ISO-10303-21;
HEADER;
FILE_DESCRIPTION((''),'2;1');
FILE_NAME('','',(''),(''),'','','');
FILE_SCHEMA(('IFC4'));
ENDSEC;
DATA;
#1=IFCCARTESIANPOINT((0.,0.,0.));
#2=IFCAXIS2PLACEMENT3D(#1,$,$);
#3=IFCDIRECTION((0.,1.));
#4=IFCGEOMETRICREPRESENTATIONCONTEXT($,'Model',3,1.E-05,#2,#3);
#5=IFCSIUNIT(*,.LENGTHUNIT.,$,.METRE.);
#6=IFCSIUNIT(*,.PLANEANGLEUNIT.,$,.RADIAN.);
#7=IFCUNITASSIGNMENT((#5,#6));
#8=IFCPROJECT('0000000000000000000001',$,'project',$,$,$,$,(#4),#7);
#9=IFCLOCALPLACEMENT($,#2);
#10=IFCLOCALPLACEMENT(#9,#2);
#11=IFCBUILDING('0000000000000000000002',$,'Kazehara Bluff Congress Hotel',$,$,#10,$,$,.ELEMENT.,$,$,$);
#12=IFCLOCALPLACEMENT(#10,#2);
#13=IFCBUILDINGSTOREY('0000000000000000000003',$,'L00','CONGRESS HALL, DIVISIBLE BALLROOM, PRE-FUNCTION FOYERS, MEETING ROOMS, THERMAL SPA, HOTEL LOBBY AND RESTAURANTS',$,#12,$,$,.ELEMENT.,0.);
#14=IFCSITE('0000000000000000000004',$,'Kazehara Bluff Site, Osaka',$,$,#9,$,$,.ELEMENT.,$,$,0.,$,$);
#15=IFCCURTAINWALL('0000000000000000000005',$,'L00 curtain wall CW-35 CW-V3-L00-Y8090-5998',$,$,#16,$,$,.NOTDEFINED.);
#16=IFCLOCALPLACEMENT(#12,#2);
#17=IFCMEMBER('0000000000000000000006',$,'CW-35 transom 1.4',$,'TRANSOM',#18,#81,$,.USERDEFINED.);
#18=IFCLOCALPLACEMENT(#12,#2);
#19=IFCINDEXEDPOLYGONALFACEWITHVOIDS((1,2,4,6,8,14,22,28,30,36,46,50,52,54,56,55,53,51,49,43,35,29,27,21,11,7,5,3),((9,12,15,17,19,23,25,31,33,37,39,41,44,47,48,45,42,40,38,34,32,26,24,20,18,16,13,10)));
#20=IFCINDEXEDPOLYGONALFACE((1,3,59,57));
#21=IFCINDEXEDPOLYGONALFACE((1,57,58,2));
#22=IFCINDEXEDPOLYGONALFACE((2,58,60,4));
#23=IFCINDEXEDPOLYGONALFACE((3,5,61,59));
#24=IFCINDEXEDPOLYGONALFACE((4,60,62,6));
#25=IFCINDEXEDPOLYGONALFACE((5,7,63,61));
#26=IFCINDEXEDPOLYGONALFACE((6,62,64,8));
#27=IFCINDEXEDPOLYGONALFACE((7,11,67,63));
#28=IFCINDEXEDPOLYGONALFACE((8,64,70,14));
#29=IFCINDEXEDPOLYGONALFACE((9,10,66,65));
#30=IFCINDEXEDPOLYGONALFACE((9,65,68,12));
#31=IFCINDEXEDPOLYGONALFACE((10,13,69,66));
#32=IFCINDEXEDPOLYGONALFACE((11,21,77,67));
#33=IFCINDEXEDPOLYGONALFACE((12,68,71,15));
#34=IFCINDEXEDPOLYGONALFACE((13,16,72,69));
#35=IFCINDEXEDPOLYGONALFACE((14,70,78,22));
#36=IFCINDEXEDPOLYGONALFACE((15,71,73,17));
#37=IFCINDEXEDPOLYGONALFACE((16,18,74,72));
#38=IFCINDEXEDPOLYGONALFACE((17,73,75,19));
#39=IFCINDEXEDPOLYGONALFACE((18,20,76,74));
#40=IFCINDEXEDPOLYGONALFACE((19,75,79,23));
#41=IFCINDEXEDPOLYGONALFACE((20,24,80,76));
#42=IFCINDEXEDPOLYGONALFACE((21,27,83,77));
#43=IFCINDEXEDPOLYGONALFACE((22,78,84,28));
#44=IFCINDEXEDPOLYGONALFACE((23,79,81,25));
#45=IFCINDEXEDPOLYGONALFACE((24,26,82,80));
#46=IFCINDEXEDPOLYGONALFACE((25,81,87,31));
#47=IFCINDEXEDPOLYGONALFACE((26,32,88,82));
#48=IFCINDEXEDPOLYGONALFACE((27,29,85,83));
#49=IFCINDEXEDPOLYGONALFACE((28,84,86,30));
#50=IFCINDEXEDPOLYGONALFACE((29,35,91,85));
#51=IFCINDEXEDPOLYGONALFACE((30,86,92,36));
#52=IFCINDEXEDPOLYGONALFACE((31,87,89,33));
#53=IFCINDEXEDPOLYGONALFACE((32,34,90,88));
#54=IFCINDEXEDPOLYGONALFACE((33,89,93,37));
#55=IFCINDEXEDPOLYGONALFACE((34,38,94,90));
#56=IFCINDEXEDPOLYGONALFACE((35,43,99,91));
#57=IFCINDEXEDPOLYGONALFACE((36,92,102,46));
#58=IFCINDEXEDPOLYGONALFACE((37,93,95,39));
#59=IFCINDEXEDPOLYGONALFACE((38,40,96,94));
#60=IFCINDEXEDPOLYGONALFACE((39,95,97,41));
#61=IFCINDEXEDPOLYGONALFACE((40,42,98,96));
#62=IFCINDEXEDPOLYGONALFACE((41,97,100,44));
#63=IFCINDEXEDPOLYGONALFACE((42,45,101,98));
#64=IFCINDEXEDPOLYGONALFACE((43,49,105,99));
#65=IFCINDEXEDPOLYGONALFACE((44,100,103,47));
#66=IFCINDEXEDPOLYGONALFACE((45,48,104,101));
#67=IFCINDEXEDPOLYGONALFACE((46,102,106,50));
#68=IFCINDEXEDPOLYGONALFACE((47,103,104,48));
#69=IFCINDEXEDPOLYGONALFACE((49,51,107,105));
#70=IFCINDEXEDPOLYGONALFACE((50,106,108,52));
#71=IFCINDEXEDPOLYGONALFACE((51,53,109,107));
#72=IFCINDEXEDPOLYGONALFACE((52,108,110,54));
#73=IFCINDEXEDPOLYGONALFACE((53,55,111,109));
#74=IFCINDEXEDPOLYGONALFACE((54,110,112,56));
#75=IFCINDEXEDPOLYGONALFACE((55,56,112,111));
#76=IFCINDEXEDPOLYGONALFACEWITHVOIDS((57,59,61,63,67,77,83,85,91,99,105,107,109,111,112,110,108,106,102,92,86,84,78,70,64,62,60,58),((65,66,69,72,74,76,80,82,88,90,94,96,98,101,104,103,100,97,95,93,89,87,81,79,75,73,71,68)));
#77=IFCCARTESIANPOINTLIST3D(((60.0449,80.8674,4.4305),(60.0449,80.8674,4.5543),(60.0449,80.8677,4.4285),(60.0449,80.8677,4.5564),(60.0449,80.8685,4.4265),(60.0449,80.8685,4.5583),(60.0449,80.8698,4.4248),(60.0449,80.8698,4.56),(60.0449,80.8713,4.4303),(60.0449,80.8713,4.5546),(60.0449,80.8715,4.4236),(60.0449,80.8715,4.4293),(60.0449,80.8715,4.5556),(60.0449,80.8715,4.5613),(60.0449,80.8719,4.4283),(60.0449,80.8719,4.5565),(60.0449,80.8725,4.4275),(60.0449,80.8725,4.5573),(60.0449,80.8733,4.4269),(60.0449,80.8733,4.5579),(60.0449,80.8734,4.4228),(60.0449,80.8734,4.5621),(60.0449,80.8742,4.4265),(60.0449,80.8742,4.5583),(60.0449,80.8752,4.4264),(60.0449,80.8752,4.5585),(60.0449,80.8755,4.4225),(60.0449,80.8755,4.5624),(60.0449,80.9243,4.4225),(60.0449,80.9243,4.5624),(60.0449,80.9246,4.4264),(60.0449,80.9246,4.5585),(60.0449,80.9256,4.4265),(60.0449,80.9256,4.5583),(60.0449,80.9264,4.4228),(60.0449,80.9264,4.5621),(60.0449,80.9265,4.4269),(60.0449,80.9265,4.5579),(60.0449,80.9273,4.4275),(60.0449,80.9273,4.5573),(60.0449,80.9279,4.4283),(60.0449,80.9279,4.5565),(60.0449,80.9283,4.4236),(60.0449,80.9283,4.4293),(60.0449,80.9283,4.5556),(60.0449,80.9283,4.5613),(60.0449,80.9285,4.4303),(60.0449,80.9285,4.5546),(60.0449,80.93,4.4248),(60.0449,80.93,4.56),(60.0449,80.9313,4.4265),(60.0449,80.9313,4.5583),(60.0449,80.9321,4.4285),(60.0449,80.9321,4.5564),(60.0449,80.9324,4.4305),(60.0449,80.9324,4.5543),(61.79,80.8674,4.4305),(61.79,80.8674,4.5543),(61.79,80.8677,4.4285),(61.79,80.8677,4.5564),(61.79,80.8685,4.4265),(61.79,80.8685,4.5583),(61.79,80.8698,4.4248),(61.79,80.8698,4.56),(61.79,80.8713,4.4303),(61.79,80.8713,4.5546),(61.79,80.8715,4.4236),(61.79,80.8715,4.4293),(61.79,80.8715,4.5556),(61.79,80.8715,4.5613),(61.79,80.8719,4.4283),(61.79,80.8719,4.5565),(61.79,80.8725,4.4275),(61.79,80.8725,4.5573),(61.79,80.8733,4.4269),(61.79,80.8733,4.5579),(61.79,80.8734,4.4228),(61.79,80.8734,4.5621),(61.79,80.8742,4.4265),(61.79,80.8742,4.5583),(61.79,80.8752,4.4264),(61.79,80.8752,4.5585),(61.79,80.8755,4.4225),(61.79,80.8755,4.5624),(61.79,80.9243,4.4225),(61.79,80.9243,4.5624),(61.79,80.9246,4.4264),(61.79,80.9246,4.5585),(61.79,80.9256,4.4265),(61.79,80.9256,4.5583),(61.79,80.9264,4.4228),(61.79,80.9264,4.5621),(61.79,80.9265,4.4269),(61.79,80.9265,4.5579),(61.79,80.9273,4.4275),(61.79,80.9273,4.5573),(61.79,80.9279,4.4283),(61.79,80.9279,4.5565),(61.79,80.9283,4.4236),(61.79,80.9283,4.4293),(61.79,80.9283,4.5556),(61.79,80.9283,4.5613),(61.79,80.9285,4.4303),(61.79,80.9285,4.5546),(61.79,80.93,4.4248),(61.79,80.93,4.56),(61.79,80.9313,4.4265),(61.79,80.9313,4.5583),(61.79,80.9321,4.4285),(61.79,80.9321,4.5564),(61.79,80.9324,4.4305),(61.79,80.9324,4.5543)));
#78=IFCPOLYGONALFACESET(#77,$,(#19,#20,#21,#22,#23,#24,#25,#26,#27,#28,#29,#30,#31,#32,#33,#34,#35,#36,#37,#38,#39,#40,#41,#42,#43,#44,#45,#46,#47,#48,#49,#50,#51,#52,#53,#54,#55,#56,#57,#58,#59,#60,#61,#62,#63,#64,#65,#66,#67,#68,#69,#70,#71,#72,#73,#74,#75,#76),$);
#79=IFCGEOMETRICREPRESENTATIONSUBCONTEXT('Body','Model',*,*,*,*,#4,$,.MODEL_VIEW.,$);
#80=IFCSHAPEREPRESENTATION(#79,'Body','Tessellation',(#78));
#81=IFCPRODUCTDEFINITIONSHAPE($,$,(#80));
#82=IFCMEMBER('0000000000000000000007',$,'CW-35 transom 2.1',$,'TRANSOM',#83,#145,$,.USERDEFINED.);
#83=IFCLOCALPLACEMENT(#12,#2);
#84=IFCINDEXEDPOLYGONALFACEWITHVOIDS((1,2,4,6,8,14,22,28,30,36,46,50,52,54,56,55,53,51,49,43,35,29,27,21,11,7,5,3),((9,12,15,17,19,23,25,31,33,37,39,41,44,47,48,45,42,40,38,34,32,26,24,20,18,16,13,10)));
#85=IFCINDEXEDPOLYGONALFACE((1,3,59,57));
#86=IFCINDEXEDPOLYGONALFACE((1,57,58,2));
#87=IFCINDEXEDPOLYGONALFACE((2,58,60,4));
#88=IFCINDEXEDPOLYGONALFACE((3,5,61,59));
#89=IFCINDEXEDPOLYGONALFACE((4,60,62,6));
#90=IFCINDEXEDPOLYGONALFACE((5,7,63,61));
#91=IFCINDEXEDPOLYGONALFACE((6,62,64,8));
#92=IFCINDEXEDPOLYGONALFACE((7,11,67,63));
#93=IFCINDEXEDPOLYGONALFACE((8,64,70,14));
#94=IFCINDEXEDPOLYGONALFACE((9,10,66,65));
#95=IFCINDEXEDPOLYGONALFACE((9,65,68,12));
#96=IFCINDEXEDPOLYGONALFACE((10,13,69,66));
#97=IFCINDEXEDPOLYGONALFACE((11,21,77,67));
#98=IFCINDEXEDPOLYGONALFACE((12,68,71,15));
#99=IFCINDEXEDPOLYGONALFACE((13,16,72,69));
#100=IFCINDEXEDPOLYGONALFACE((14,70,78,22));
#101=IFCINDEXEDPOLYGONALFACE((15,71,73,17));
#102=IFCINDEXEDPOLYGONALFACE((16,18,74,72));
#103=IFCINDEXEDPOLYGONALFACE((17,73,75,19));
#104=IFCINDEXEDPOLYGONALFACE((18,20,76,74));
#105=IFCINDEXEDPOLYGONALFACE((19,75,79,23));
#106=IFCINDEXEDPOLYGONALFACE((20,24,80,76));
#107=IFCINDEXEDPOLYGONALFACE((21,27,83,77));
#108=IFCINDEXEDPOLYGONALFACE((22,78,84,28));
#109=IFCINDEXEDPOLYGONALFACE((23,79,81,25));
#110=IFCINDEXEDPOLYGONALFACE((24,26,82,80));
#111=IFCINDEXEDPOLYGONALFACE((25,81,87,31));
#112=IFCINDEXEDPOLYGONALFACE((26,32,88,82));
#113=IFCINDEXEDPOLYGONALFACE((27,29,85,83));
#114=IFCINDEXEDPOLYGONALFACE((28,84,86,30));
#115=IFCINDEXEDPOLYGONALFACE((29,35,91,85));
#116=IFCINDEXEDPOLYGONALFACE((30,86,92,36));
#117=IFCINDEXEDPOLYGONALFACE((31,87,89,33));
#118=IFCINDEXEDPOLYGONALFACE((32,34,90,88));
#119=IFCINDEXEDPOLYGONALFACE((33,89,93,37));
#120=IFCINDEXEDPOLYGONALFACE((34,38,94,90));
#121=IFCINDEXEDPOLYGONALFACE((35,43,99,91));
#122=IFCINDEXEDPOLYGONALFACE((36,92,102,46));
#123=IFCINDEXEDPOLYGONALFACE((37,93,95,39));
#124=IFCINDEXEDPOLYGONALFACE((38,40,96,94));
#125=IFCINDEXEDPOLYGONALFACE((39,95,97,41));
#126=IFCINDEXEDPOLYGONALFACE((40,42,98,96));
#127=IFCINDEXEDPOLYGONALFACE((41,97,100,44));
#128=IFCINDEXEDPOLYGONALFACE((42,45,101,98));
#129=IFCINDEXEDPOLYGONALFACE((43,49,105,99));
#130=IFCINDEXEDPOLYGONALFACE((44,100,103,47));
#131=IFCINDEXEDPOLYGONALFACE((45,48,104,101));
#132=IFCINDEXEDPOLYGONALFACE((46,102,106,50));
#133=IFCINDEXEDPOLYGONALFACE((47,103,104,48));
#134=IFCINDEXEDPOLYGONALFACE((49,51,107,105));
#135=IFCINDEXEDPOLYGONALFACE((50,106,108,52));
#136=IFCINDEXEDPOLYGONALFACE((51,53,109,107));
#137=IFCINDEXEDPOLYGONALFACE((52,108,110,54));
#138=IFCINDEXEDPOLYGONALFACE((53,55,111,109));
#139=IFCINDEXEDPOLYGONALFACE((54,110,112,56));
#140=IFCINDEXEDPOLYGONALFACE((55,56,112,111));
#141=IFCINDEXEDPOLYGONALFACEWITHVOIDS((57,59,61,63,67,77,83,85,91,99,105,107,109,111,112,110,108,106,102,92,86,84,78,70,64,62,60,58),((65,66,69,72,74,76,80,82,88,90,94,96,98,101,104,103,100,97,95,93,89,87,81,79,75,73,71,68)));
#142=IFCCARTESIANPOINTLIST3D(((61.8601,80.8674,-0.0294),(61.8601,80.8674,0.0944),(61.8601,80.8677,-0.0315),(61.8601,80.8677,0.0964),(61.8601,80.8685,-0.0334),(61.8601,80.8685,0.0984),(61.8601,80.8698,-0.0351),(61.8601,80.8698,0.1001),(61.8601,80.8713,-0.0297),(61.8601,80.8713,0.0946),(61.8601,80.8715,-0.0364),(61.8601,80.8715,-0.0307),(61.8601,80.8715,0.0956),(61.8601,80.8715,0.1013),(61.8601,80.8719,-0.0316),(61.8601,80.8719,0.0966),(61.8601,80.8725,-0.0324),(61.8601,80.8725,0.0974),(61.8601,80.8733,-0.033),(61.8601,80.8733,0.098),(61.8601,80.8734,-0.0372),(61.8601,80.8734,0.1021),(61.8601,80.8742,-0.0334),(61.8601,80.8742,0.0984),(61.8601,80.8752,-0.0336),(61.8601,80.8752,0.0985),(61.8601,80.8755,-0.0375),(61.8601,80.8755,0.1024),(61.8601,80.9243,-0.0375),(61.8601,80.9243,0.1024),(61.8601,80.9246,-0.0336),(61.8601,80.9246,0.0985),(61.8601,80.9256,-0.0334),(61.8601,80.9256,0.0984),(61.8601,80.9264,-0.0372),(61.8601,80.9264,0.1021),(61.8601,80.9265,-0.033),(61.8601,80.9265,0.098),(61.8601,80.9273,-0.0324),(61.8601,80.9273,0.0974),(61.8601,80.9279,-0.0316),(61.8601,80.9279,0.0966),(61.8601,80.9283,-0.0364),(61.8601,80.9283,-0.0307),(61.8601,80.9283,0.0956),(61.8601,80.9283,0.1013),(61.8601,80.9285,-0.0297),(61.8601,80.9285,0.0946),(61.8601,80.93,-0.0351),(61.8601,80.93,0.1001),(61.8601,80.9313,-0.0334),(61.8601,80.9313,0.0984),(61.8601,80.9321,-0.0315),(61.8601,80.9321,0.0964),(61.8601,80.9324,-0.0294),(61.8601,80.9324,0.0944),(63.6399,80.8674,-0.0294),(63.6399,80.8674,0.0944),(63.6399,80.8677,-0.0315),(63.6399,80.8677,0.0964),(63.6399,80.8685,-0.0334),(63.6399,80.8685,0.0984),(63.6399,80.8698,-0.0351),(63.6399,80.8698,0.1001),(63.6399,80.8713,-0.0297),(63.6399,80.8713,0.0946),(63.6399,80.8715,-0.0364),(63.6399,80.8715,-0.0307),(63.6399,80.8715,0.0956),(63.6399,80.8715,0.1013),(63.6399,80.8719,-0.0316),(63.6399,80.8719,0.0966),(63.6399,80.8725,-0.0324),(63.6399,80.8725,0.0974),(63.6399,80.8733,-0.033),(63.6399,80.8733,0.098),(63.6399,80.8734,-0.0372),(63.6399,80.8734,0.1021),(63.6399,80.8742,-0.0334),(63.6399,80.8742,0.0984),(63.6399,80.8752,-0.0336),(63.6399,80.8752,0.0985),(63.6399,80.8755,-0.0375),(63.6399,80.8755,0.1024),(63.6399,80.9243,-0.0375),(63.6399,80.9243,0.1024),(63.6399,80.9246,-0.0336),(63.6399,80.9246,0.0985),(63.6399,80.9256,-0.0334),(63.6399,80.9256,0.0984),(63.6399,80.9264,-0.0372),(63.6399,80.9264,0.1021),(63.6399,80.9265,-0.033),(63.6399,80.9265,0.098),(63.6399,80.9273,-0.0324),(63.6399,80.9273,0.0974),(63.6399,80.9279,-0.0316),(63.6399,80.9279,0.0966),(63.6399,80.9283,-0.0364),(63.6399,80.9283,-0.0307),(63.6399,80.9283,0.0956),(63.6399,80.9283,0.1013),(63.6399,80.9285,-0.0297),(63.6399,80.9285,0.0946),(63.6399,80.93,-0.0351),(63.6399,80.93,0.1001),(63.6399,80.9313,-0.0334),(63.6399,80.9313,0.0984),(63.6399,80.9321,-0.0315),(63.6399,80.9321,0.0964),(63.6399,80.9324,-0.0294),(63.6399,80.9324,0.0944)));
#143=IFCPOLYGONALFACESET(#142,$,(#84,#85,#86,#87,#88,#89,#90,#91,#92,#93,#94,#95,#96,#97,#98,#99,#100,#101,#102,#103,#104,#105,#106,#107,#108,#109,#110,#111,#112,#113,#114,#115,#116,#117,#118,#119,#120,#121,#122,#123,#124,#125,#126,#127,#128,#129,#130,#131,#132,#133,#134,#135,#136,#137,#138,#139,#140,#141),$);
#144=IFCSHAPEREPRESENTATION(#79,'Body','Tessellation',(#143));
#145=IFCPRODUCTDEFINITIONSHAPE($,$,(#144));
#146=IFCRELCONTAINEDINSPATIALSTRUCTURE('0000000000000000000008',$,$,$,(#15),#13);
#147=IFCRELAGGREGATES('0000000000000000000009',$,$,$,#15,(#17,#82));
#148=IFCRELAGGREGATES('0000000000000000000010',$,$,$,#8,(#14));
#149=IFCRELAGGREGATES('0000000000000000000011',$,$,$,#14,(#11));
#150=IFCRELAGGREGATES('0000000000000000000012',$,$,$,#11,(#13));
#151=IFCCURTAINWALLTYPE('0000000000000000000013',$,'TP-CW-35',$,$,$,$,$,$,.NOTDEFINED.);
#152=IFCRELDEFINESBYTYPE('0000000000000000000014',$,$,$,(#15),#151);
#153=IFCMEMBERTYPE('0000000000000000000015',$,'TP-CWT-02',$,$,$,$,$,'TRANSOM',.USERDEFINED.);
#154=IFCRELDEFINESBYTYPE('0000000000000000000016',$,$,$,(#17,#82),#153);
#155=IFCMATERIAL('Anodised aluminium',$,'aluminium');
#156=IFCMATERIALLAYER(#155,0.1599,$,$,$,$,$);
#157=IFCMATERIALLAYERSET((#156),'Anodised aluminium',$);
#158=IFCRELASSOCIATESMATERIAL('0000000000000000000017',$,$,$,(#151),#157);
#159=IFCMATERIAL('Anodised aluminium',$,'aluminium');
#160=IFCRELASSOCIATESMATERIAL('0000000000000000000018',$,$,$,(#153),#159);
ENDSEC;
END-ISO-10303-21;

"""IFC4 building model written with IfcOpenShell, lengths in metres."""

from ifc_helpers import new_model, si_unit, direction, frame, origin, origin_2d, place, context, subcontext, project, spatial, hollow_rectangle, extrude, material, layer, layer_set, material_profile, profile_set, type_object, element, aggregate, save


model = new_model("IFC4")

# Units and contexts
model_context = context("Model", 3, precision=1e-05, world=origin(), true_north=direction((0.0, 1.0)))
body_context = subcontext(model_context, "Body", "Model", "MODEL_VIEW")
ifc_project = project(units=[si_unit("LENGTHUNIT", "METRE"), si_unit("PLANEANGLEUNIT", "RADIAN")], contexts=[model_context])

# Site, building, storey
site_placement = place(None, origin())
site = spatial("IfcSite", under=ifc_project, at=site_placement, Name="Kazehara Bluff Site, Osaka", CompositionType="ELEMENT", RefElevation=0.0)
building_placement = place(site_placement, origin())
building = spatial("IfcBuilding", under=site, at=building_placement, Name="Kazehara Bluff Congress Hotel", CompositionType="ELEMENT")
storey_placement = place(building_placement, origin())
storey = spatial("IfcBuildingStorey", under=building, at=storey_placement, Name="L00", Description="CONGRESS HALL, DIVISIBLE BALLROOM, PRE-FUNCTION FOYERS, MEETING ROOMS, THERMAL SPA, HOTEL LOBBY AND RESTAURANTS", CompositionType="ELEMENT", Elevation=0.0)

# Curtain wall
ifc_material_1 = material(Name="Anodised aluminium", Category="aluminium")
ifc_layer_1 = layer(ifc_material_1, 0.1599)
ifc_layer_set_1 = layer_set([ifc_layer_1], Name="Anodised aluminium")
curtain_wall_type_1 = type_object("IfcCurtainWallType", Name="TP-CW-35", PredefinedType="NOTDEFINED", material=ifc_layer_set_1)
curtain_wall_1_placement = place(storey_placement, origin())
curtain_wall_1 = element("IfcCurtainWall", 1, at=curtain_wall_1_placement, inside=storey, type_object=curtain_wall_type_1, Name="L00 curtain wall CW-35 CW-V3-L00-Y8090-5998", PredefinedType="NOTDEFINED")

# Members
ifc_material_2 = material(Name="Anodised aluminium", Category="aluminium")
ifc_material_profile_1 = material_profile(ifc_material_2, hollow_rectangle(XDim=0.0649, YDim=0.1399, WallThickness=0.0039, InnerFilletRadius=0.0039, OuterFilletRadius=0.0081, at=origin_2d()))
ifc_profile_set_1 = profile_set([ifc_material_profile_1], Name="Anodised aluminium")
member_type_1 = type_object("IfcMemberType", Name="TP-CWT-02", ElementType="TRANSOM", PredefinedType="USERDEFINED", material=ifc_profile_set_1)
member_1_placement = place(storey_placement, frame((60.0449, 80.8999, 4.4924), z_axis=(1.0, 0.0, 0.0), x_axis=(0.0, 1.0, 0.0)))
member_1 = element("IfcMember", 2, at=member_1_placement, type_object=member_type_1, Name="CW-35 transom 1.4", ObjectType="TRANSOM", PredefinedType="USERDEFINED", context=body_context, shape_type="SweptSolid", body=[
    extrude(hollow_rectangle(XDim=0.0649, YDim=0.1399, WallThickness=0.0039, InnerFilletRadius=0.0039, OuterFilletRadius=0.0081, at=origin_2d()), origin(), (0.0, 0.0, 1.0), 1.7451),
])
member_2_placement = place(storey_placement, frame((61.8601, 80.8999, 0.0325), z_axis=(1.0, 0.0, 0.0), x_axis=(0.0, 1.0, 0.0)))
member_2 = element("IfcMember", 3, at=member_2_placement, type_object=member_type_1, Name="CW-35 transom 2.1", ObjectType="TRANSOM", PredefinedType="USERDEFINED", context=body_context, shape_type="SweptSolid", body=[
    extrude(hollow_rectangle(XDim=0.0649, YDim=0.1399, WallThickness=0.0039, InnerFilletRadius=0.0039, OuterFilletRadius=0.0081, at=origin_2d()), origin(), (0.0, 0.0, 1.0), 1.7798),
])

aggregate(curtain_wall_1, [member_1, member_2])

save(model, "model.ifc")
